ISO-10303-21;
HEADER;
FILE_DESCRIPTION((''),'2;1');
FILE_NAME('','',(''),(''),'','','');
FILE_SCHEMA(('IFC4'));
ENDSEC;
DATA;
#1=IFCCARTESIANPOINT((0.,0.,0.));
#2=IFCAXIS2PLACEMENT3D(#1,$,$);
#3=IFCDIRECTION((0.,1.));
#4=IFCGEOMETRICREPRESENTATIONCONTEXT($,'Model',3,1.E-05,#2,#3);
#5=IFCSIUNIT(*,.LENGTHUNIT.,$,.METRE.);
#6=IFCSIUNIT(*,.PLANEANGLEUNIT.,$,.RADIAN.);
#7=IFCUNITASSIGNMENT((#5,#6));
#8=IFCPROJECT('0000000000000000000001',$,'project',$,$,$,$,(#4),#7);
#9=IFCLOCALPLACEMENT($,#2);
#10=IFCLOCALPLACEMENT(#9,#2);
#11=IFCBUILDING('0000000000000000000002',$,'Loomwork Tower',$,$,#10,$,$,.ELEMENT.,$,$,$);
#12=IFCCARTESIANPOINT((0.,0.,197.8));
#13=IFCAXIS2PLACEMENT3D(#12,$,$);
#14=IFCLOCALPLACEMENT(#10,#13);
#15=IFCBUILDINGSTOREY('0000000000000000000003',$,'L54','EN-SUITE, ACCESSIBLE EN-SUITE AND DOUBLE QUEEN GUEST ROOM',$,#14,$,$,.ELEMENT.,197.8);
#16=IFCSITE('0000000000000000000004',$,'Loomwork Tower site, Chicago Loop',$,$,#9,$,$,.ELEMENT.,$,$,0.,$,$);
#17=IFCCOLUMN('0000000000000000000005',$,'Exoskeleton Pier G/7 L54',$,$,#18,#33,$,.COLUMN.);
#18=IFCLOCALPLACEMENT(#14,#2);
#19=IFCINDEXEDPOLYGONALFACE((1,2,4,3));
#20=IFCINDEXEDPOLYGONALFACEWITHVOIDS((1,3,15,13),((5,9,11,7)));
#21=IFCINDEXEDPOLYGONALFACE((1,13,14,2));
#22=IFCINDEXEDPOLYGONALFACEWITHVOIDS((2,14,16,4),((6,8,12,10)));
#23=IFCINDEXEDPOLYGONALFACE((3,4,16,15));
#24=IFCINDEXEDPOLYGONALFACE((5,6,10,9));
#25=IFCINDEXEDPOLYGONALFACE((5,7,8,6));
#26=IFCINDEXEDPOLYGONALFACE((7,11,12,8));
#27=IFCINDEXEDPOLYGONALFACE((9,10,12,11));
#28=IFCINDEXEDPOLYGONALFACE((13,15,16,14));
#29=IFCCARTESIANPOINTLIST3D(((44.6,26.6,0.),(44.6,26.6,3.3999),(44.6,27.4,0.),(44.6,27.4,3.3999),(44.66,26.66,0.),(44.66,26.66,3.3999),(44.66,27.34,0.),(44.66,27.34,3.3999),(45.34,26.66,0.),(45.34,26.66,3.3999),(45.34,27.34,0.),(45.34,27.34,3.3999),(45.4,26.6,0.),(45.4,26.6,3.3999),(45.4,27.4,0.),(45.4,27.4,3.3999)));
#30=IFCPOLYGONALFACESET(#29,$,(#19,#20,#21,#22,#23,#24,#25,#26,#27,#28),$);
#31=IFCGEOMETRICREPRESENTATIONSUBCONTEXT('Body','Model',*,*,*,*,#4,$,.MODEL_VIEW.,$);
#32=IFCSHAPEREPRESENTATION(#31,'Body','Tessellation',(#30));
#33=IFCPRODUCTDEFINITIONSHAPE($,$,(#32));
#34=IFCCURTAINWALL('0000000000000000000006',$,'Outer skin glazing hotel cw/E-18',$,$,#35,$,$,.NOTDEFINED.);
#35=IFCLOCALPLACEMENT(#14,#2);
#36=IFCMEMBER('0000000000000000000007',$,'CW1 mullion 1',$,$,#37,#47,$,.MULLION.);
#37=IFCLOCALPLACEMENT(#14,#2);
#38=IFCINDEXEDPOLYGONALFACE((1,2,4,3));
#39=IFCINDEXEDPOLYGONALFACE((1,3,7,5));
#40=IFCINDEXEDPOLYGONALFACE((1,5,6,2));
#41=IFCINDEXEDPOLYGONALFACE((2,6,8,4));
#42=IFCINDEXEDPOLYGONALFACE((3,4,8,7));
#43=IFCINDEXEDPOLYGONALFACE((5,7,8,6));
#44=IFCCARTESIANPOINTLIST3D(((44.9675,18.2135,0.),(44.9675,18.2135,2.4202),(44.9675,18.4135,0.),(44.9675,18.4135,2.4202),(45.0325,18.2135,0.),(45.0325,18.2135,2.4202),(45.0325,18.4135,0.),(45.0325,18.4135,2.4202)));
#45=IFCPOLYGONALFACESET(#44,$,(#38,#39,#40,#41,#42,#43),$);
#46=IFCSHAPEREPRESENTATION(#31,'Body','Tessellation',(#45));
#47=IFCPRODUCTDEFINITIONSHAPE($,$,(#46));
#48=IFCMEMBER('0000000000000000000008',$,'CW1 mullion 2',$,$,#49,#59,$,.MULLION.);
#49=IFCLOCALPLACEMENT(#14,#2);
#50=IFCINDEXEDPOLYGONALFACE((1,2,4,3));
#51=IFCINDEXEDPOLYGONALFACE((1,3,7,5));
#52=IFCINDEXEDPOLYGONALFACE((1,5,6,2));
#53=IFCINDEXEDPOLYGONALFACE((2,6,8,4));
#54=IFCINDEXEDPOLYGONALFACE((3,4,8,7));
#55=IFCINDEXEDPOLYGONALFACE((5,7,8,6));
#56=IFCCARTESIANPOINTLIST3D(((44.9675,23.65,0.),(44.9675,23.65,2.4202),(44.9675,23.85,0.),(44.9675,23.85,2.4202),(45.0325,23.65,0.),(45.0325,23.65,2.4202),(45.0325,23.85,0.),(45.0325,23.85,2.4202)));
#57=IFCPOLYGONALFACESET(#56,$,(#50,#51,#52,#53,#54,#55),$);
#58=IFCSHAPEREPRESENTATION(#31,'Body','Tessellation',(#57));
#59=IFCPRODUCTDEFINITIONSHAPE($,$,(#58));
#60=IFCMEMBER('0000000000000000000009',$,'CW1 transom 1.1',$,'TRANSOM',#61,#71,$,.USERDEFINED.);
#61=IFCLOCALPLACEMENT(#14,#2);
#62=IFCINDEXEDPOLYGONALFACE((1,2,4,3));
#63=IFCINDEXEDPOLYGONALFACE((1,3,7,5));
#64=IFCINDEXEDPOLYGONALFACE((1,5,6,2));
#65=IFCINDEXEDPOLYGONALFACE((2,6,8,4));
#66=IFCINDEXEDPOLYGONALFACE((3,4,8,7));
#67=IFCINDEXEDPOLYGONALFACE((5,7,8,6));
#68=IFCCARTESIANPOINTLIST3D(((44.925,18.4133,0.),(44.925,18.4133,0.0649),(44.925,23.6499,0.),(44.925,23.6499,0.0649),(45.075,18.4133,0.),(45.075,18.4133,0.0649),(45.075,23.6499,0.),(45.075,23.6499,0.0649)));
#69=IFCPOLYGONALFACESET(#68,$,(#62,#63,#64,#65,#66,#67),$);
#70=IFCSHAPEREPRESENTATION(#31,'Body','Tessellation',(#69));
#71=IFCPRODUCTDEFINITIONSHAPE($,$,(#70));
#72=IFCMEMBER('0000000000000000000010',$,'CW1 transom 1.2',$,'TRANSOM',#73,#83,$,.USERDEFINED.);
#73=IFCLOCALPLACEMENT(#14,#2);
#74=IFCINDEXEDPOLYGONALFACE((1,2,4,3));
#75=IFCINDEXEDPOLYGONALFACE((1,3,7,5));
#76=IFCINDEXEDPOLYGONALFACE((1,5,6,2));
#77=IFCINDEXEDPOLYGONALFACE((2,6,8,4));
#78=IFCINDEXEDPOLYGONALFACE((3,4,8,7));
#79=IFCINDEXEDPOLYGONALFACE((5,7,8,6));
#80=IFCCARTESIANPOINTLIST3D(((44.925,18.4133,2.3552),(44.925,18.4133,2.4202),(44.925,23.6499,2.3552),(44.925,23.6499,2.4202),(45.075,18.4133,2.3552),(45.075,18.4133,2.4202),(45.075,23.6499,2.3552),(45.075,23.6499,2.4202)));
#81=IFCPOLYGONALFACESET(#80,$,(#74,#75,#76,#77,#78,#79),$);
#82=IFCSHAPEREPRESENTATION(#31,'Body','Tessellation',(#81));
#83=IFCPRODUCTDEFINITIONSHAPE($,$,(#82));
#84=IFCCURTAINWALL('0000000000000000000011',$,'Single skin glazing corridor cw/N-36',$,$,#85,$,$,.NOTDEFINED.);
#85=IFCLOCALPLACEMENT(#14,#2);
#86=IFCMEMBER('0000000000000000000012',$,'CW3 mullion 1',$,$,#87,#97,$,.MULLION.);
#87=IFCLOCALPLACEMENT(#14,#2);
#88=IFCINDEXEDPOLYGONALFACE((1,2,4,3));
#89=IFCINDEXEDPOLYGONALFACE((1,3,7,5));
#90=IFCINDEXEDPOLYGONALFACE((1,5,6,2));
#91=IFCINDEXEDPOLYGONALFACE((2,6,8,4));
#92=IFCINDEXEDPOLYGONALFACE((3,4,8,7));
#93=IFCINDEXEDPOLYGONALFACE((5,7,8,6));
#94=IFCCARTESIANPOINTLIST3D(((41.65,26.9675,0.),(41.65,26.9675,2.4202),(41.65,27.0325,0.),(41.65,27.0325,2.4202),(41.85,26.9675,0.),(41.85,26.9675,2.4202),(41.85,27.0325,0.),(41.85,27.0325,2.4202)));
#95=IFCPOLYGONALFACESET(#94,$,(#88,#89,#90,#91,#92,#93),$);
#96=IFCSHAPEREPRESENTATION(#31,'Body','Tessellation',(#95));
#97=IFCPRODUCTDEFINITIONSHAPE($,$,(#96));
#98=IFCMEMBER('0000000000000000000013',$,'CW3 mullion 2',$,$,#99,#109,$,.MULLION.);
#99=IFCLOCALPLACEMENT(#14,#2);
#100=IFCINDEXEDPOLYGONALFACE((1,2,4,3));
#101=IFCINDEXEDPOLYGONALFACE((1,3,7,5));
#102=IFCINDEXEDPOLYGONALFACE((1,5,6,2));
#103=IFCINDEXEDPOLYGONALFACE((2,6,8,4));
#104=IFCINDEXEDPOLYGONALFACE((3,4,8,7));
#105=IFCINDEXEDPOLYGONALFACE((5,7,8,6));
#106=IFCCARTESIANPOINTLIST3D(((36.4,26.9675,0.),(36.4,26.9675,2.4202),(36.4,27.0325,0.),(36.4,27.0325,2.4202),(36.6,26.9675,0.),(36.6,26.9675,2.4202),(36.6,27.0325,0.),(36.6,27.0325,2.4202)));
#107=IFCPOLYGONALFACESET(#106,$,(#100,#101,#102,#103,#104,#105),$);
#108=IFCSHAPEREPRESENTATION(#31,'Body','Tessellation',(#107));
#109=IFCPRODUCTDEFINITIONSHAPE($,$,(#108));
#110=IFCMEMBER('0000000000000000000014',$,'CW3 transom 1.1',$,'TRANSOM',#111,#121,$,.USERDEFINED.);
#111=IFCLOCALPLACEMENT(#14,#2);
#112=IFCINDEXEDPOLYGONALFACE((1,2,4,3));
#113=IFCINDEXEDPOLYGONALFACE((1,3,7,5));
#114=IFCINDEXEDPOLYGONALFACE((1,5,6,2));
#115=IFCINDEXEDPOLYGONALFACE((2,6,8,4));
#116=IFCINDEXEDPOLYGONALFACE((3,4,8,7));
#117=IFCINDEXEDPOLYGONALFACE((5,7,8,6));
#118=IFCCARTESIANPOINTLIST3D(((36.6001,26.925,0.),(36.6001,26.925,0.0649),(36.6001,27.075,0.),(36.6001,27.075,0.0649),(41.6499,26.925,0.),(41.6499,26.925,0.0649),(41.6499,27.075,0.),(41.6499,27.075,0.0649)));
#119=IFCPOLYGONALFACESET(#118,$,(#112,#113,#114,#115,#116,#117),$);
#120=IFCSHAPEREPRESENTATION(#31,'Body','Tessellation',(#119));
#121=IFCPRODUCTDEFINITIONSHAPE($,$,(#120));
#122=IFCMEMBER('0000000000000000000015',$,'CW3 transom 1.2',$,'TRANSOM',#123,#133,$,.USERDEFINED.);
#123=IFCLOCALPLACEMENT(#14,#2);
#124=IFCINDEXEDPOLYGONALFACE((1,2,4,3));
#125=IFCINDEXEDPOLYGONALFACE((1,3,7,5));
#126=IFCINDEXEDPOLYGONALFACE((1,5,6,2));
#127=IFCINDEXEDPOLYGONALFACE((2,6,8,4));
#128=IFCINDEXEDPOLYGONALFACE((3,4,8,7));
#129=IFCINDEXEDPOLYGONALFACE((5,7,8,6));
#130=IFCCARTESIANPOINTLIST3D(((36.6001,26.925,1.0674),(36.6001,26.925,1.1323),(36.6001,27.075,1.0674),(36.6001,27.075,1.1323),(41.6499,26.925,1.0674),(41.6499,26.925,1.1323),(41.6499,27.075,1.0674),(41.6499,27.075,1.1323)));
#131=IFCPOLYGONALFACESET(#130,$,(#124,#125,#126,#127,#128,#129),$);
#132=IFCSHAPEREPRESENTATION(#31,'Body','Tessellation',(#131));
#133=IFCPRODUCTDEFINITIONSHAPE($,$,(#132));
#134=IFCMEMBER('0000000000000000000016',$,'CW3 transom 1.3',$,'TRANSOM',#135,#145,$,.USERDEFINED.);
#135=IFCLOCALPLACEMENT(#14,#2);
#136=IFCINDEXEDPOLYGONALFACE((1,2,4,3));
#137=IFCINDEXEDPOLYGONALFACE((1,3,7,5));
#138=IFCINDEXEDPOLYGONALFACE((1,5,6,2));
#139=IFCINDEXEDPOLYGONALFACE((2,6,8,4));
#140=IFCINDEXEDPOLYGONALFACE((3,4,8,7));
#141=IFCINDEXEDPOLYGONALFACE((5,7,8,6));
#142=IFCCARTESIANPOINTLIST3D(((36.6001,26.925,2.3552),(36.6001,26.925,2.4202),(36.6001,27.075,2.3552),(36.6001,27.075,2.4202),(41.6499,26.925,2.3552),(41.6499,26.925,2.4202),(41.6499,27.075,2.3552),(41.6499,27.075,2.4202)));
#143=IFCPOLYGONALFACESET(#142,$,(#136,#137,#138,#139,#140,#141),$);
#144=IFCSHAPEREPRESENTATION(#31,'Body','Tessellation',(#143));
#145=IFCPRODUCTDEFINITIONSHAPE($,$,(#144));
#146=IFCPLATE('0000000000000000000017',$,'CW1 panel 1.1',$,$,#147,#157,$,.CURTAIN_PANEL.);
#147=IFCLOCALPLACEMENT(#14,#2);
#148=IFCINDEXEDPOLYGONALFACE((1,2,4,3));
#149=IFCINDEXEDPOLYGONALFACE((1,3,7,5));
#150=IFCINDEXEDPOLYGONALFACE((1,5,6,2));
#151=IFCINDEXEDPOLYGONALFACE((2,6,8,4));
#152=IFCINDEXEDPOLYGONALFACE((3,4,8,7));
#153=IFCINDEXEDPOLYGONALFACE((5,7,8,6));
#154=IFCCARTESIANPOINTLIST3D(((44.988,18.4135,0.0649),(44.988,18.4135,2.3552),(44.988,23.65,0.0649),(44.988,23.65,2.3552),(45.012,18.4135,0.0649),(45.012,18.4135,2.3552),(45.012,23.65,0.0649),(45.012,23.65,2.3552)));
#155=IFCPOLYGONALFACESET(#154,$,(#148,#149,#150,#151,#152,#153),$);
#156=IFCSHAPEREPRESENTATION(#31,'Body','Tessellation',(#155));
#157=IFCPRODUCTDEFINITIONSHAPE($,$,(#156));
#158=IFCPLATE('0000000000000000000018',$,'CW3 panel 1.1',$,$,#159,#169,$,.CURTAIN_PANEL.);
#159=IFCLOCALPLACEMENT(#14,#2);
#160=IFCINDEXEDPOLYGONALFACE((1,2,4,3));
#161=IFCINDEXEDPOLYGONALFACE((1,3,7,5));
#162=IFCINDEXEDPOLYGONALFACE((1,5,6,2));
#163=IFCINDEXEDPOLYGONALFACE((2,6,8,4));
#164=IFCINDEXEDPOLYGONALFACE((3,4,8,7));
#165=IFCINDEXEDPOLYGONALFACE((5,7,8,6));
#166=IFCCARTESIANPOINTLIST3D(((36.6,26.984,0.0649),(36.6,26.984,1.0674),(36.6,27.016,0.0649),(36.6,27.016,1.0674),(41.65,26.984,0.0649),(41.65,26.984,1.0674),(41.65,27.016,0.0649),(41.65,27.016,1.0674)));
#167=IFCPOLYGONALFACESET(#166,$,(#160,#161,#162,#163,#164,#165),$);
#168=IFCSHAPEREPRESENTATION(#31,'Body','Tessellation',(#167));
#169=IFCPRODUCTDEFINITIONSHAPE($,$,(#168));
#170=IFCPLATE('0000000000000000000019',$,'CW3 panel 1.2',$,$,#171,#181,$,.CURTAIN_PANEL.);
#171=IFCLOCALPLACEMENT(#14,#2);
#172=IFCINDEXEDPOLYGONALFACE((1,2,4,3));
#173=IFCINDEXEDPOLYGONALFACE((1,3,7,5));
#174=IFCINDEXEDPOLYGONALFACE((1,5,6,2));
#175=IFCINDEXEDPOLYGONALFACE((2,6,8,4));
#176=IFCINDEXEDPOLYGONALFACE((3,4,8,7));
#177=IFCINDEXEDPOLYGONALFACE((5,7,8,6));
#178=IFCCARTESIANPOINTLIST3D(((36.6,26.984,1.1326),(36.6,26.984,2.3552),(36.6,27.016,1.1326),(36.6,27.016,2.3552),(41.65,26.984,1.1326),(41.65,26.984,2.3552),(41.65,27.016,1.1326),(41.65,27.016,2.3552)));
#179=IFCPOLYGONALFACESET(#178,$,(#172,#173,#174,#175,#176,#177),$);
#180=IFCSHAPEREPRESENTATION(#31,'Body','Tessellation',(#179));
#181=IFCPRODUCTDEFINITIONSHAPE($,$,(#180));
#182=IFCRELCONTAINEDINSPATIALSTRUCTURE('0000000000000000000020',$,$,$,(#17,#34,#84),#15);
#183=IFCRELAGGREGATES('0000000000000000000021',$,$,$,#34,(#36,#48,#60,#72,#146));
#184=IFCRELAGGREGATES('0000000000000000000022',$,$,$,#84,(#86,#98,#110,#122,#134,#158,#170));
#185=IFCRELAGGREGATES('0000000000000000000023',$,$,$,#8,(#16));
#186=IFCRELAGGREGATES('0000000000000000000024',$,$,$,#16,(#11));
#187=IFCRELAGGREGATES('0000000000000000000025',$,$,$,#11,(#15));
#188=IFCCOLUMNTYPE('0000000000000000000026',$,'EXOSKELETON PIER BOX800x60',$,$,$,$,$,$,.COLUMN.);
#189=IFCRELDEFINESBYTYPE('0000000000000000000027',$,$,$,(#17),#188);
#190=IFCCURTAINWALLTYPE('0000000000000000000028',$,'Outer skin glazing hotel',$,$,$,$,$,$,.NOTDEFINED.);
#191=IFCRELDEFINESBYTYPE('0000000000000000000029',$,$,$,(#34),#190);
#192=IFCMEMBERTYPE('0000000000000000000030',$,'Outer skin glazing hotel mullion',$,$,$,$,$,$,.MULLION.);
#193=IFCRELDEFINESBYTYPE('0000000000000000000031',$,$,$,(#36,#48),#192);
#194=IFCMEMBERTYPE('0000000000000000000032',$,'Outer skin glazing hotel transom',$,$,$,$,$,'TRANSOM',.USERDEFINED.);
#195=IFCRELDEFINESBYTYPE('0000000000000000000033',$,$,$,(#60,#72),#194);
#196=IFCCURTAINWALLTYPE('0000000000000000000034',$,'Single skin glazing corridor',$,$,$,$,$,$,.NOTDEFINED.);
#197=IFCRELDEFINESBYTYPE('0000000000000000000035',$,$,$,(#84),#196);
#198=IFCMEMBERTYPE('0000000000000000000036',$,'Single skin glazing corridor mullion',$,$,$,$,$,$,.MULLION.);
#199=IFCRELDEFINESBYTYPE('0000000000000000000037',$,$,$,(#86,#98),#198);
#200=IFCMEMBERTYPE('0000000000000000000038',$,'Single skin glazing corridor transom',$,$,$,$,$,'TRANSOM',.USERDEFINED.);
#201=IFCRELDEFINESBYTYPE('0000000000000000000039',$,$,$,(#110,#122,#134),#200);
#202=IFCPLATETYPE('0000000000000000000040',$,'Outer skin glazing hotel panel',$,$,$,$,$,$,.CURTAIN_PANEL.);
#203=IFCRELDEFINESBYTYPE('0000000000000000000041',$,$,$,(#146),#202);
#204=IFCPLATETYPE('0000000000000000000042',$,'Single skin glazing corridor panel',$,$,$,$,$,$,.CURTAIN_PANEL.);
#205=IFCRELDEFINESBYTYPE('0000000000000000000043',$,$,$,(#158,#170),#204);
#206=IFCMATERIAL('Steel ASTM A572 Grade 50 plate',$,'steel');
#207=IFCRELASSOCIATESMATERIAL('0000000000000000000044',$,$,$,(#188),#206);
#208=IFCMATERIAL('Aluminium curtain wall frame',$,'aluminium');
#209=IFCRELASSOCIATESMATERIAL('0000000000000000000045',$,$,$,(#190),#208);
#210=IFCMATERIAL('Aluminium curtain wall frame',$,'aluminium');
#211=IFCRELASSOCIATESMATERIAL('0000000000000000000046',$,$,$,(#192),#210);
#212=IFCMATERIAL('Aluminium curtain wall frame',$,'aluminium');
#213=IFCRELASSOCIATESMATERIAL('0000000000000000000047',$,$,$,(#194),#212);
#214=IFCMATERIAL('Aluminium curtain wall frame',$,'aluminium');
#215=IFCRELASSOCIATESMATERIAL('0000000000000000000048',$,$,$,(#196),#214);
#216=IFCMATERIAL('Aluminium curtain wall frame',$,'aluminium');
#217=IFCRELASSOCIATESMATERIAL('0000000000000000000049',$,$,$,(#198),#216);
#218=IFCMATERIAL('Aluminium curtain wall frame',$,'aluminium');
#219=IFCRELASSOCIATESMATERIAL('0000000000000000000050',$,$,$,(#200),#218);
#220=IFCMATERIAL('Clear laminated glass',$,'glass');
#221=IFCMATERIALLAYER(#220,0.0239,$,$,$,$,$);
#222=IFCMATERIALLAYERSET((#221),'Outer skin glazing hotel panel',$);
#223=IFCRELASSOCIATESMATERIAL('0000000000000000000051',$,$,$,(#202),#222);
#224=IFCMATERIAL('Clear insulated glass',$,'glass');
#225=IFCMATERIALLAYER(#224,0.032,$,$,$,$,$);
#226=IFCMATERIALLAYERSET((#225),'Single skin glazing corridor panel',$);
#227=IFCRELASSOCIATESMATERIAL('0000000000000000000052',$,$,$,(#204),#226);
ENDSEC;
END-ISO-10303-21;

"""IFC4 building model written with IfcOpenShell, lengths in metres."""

from ifc_helpers import new_model, si_unit, direction, frame, origin, origin_2d, place, context, subcontext, project, spatial, rectangle, hollow_rectangle, extrude, material, layer, layer_set, material_profile, profile_set, type_object, element, aggregate, save


model = new_model("IFC4")

# Units and contexts
model_context = context("Model", 3, precision=1e-05, world=origin(), true_north=direction((0.0, 1.0)))
body_context = subcontext(model_context, "Body", "Model", "MODEL_VIEW")
ifc_project = project(units=[si_unit("LENGTHUNIT", "METRE"), si_unit("PLANEANGLEUNIT", "RADIAN")], contexts=[model_context])

# Site, building, storey
site_placement = place(None, origin())
site = spatial("IfcSite", under=ifc_project, at=site_placement, Name="Loomwork Tower site, Chicago Loop", CompositionType="ELEMENT", RefElevation=0.0)
building_placement = place(site_placement, origin())
building = spatial("IfcBuilding", under=site, at=building_placement, Name="Loomwork Tower", CompositionType="ELEMENT")
storey_placement = place(building_placement, frame((0.0, 0.0, 197.8)))
storey = spatial("IfcBuildingStorey", under=building, at=storey_placement, Name="L54", Description="EN-SUITE, ACCESSIBLE EN-SUITE AND DOUBLE QUEEN GUEST ROOM", CompositionType="ELEMENT", Elevation=197.8)

# Column
ifc_material_1 = material(Name="Steel ASTM A572 Grade 50 plate", Category="steel")
ifc_material_profile_1 = material_profile(ifc_material_1, hollow_rectangle(XDim=0.8, YDim=0.8, WallThickness=0.0601, at=origin_2d()), Name="BOX800x60")
ifc_profile_set_1 = profile_set([ifc_material_profile_1], Name="Steel ASTM A572 Grade 50 plate")
column_type = type_object("IfcColumnType", Name="EXOSKELETON PIER BOX800x60", PredefinedType="COLUMN", material=ifc_profile_set_1)
column_placement = place(storey_placement, frame((45.0, 27.0, 0.0), z_axis=(0.0, 0.0, 1.0), x_axis=(0.0, 1.0, 0.0)))
element("IfcColumn", 1, at=column_placement, inside=storey, type_object=column_type, Name="Exoskeleton Pier G/7 L54", PredefinedType="COLUMN", context=body_context, shape_type="SweptSolid", body=[
    extrude(hollow_rectangle(XDim=0.8, YDim=0.8, WallThickness=0.0601, at=origin_2d()), origin(), (0.0, 0.0, 1.0), 3.3999),
])

# Curtain walls, members
ifc_material_2 = material(Name="Aluminium curtain wall frame", Category="aluminium")
curtain_wall_type_1 = type_object("IfcCurtainWallType", Name="Outer skin glazing hotel", PredefinedType="NOTDEFINED", material=ifc_material_2)
curtain_wall_1_placement = place(storey_placement, origin())
curtain_wall_1 = element("IfcCurtainWall", 2, at=curtain_wall_1_placement, inside=storey, type_object=curtain_wall_type_1, Name="Outer skin glazing hotel cw/E-18", PredefinedType="NOTDEFINED")
ifc_material_3 = material(Name="Aluminium curtain wall frame", Category="aluminium")
ifc_material_profile_2 = material_profile(ifc_material_3, rectangle(XDim=0.0649, YDim=0.2, at=origin_2d()), Name="AL 65x200")
ifc_profile_set_2 = profile_set([ifc_material_profile_2], Name="Aluminium curtain wall frame")
member_type_1 = type_object("IfcMemberType", Name="Outer skin glazing hotel mullion", PredefinedType="MULLION", material=ifc_profile_set_2)
member_1_placement = place(storey_placement, frame((45.0, 18.3135, 0.0), z_axis=(0.0, 0.0, 1.0), x_axis=(-1.0, 0.0, 0.0)))
member_1 = element("IfcMember", 3, at=member_1_placement, type_object=member_type_1, Name="CW1 mullion 1", PredefinedType="MULLION", context=body_context, shape_type="SweptSolid", body=[
    extrude(rectangle(XDim=0.0649, YDim=0.2, at=origin_2d()), origin(), (0.0, 0.0, 1.0), 2.4202),
])
member_2_placement = place(storey_placement, frame((45.0, 23.75, 0.0), z_axis=(0.0, 0.0, 1.0), x_axis=(-1.0, 0.0, 0.0)))
member_2 = element("IfcMember", 4, at=member_2_placement, type_object=member_type_1, Name="CW1 mullion 2", PredefinedType="MULLION", context=body_context, shape_type="SweptSolid", body=[
    extrude(rectangle(XDim=0.0649, YDim=0.2, at=origin_2d()), origin(), (0.0, 0.0, 1.0), 2.4202),
])
ifc_material_4 = material(Name="Aluminium curtain wall frame", Category="aluminium")
ifc_material_profile_3 = material_profile(ifc_material_4, rectangle(XDim=0.1499, YDim=0.0649, at=origin_2d()), Name="AL 65x150")
ifc_profile_set_3 = profile_set([ifc_material_profile_3], Name="Aluminium curtain wall frame")
member_type_2 = type_object("IfcMemberType", Name="Outer skin glazing hotel transom", ElementType="TRANSOM", PredefinedType="USERDEFINED", material=ifc_profile_set_3)
member_3_placement = place(storey_placement, frame((45.0, 18.4133, 0.0325), z_axis=(0.0, 1.0, 0.0), x_axis=(-1.0, 0.0, 0.0)))
member_3 = element("IfcMember", 5, at=member_3_placement, type_object=member_type_2, Name="CW1 transom 1.1", ObjectType="TRANSOM", PredefinedType="USERDEFINED", context=body_context, shape_type="SweptSolid", body=[
    extrude(rectangle(XDim=0.1499, YDim=0.0649, at=origin_2d()), origin(), (0.0, 0.0, 1.0), 5.2366),
])
member_4_placement = place(storey_placement, frame((45.0, 18.4133, 2.3877), z_axis=(0.0, 1.0, 0.0), x_axis=(-1.0, 0.0, 0.0)))
member_4 = element("IfcMember", 6, at=member_4_placement, type_object=member_type_2, Name="CW1 transom 1.2", ObjectType="TRANSOM", PredefinedType="USERDEFINED", context=body_context, shape_type="SweptSolid", body=[
    extrude(rectangle(XDim=0.1499, YDim=0.0649, at=origin_2d()), origin(), (0.0, 0.0, 1.0), 5.2366),
])
ifc_material_5 = material(Name="Aluminium curtain wall frame", Category="aluminium")
curtain_wall_type_2 = type_object("IfcCurtainWallType", Name="Single skin glazing corridor", PredefinedType="NOTDEFINED", material=ifc_material_5)
curtain_wall_2_placement = place(storey_placement, origin())
curtain_wall_2 = element("IfcCurtainWall", 7, at=curtain_wall_2_placement, inside=storey, type_object=curtain_wall_type_2, Name="Single skin glazing corridor cw/N-36", PredefinedType="NOTDEFINED")
ifc_material_6 = material(Name="Aluminium curtain wall frame", Category="aluminium")
ifc_material_profile_4 = material_profile(ifc_material_6, rectangle(XDim=0.0649, YDim=0.2, at=origin_2d()), Name="AL 65x200")
ifc_profile_set_4 = profile_set([ifc_material_profile_4], Name="Aluminium curtain wall frame")
member_type_3 = type_object("IfcMemberType", Name="Single skin glazing corridor mullion", PredefinedType="MULLION", material=ifc_profile_set_4)
member_5_placement = place(storey_placement, frame((41.75, 27.0, 0.0), z_axis=(0.0, 0.0, 1.0), x_axis=(0.0, -1.0, 0.0)))
member_5 = element("IfcMember", 8, at=member_5_placement, type_object=member_type_3, Name="CW3 mullion 1", PredefinedType="MULLION", context=body_context, shape_type="SweptSolid", body=[
    extrude(rectangle(XDim=0.0649, YDim=0.2, at=origin_2d()), origin(), (0.0, 0.0, 1.0), 2.4202),
])
member_6_placement = place(storey_placement, frame((36.5, 27.0, 0.0), z_axis=(0.0, 0.0, 1.0), x_axis=(0.0, -1.0, 0.0)))
member_6 = element("IfcMember", 9, at=member_6_placement, type_object=member_type_3, Name="CW3 mullion 2", PredefinedType="MULLION", context=body_context, shape_type="SweptSolid", body=[
    extrude(rectangle(XDim=0.0649, YDim=0.2, at=origin_2d()), origin(), (0.0, 0.0, 1.0), 2.4202),
])
ifc_material_7 = material(Name="Aluminium curtain wall frame", Category="aluminium")
ifc_material_profile_5 = material_profile(ifc_material_7, rectangle(XDim=0.1499, YDim=0.0649, at=origin_2d()), Name="AL 65x150")
ifc_profile_set_5 = profile_set([ifc_material_profile_5], Name="Aluminium curtain wall frame")
member_type_4 = type_object("IfcMemberType", Name="Single skin glazing corridor transom", ElementType="TRANSOM", PredefinedType="USERDEFINED", material=ifc_profile_set_5)
member_7_placement = place(storey_placement, frame((41.6499, 27.0, 0.0325), z_axis=(-1.0, 0.0, 0.0), x_axis=(0.0, -1.0, 0.0)))
member_7 = element("IfcMember", 10, at=member_7_placement, type_object=member_type_4, Name="CW3 transom 1.1", ObjectType="TRANSOM", PredefinedType="USERDEFINED", context=body_context, shape_type="SweptSolid", body=[
    extrude(rectangle(XDim=0.1499, YDim=0.0649, at=origin_2d()), origin(), (0.0, 0.0, 1.0), 5.0498),
])
member_8_placement = place(storey_placement, frame((41.6499, 27.0, 1.0999), z_axis=(-1.0, 0.0, 0.0), x_axis=(0.0, -1.0, 0.0)))
member_8 = element("IfcMember", 11, at=member_8_placement, type_object=member_type_4, Name="CW3 transom 1.2", ObjectType="TRANSOM", PredefinedType="USERDEFINED", context=body_context, shape_type="SweptSolid", body=[
    extrude(rectangle(XDim=0.1499, YDim=0.0649, at=origin_2d()), origin(), (0.0, 0.0, 1.0), 5.0498),
])
member_9_placement = place(storey_placement, frame((41.6499, 27.0, 2.3877), z_axis=(-1.0, 0.0, 0.0), x_axis=(0.0, -1.0, 0.0)))
member_9 = element("IfcMember", 12, at=member_9_placement, type_object=member_type_4, Name="CW3 transom 1.3", ObjectType="TRANSOM", PredefinedType="USERDEFINED", context=body_context, shape_type="SweptSolid", body=[
    extrude(rectangle(XDim=0.1499, YDim=0.0649, at=origin_2d()), origin(), (0.0, 0.0, 1.0), 5.0498),
])

# Plates
ifc_material_8 = material(Name="Clear laminated glass", Category="glass")
ifc_layer_1 = layer(ifc_material_8, 0.0239)
ifc_layer_set_1 = layer_set([ifc_layer_1], Name="Outer skin glazing hotel panel")
plate_type_1 = type_object("IfcPlateType", Name="Outer skin glazing hotel panel", PredefinedType="CURTAIN_PANEL", material=ifc_layer_set_1)
plate_1_placement = place(storey_placement, frame((45.0, 21.0317, 0.0649), z_axis=(0.0, 0.0, 1.0), x_axis=(0.0, 1.0, 0.0)))
plate_1 = element("IfcPlate", 13, at=plate_1_placement, type_object=plate_type_1, Name="CW1 panel 1.1", PredefinedType="CURTAIN_PANEL", context=body_context, shape_type="SweptSolid", body=[
    extrude(rectangle(XDim=5.2366, YDim=0.0239, at=origin_2d()), origin(), (0.0, 0.0, 1.0), 2.2903),
])
aggregate(curtain_wall_1, [member_1, member_2, member_3, member_4, plate_1])
ifc_material_9 = material(Name="Clear insulated glass", Category="glass")
ifc_layer_2 = layer(ifc_material_9, 0.032)
ifc_layer_set_2 = layer_set([ifc_layer_2], Name="Single skin glazing corridor panel")
plate_type_2 = type_object("IfcPlateType", Name="Single skin glazing corridor panel", PredefinedType="CURTAIN_PANEL", material=ifc_layer_set_2)
plate_2_placement = place(storey_placement, frame((39.125, 27.0, 0.0649), z_axis=(0.0, 0.0, 1.0), x_axis=(-1.0, 0.0, 0.0)))
plate_2 = element("IfcPlate", 14, at=plate_2_placement, type_object=plate_type_2, Name="CW3 panel 1.1", PredefinedType="CURTAIN_PANEL", context=body_context, shape_type="SweptSolid", body=[
    extrude(rectangle(XDim=5.05, YDim=0.032, at=origin_2d()), origin(), (0.0, 0.0, 1.0), 1.0024),
])
plate_3_placement = place(storey_placement, frame((39.125, 27.0, 1.1326), z_axis=(0.0, 0.0, 1.0), x_axis=(-1.0, 0.0, 0.0)))
plate_3 = element("IfcPlate", 15, at=plate_3_placement, type_object=plate_type_2, Name="CW3 panel 1.2", PredefinedType="CURTAIN_PANEL", context=body_context, shape_type="SweptSolid", body=[
    extrude(rectangle(XDim=5.05, YDim=0.032, at=origin_2d()), origin(), (0.0, 0.0, 1.0), 1.2227),
])
aggregate(curtain_wall_2, [member_5, member_6, member_7, member_8, member_9, plate_2, plate_3])

save(model, "model.ifc")
